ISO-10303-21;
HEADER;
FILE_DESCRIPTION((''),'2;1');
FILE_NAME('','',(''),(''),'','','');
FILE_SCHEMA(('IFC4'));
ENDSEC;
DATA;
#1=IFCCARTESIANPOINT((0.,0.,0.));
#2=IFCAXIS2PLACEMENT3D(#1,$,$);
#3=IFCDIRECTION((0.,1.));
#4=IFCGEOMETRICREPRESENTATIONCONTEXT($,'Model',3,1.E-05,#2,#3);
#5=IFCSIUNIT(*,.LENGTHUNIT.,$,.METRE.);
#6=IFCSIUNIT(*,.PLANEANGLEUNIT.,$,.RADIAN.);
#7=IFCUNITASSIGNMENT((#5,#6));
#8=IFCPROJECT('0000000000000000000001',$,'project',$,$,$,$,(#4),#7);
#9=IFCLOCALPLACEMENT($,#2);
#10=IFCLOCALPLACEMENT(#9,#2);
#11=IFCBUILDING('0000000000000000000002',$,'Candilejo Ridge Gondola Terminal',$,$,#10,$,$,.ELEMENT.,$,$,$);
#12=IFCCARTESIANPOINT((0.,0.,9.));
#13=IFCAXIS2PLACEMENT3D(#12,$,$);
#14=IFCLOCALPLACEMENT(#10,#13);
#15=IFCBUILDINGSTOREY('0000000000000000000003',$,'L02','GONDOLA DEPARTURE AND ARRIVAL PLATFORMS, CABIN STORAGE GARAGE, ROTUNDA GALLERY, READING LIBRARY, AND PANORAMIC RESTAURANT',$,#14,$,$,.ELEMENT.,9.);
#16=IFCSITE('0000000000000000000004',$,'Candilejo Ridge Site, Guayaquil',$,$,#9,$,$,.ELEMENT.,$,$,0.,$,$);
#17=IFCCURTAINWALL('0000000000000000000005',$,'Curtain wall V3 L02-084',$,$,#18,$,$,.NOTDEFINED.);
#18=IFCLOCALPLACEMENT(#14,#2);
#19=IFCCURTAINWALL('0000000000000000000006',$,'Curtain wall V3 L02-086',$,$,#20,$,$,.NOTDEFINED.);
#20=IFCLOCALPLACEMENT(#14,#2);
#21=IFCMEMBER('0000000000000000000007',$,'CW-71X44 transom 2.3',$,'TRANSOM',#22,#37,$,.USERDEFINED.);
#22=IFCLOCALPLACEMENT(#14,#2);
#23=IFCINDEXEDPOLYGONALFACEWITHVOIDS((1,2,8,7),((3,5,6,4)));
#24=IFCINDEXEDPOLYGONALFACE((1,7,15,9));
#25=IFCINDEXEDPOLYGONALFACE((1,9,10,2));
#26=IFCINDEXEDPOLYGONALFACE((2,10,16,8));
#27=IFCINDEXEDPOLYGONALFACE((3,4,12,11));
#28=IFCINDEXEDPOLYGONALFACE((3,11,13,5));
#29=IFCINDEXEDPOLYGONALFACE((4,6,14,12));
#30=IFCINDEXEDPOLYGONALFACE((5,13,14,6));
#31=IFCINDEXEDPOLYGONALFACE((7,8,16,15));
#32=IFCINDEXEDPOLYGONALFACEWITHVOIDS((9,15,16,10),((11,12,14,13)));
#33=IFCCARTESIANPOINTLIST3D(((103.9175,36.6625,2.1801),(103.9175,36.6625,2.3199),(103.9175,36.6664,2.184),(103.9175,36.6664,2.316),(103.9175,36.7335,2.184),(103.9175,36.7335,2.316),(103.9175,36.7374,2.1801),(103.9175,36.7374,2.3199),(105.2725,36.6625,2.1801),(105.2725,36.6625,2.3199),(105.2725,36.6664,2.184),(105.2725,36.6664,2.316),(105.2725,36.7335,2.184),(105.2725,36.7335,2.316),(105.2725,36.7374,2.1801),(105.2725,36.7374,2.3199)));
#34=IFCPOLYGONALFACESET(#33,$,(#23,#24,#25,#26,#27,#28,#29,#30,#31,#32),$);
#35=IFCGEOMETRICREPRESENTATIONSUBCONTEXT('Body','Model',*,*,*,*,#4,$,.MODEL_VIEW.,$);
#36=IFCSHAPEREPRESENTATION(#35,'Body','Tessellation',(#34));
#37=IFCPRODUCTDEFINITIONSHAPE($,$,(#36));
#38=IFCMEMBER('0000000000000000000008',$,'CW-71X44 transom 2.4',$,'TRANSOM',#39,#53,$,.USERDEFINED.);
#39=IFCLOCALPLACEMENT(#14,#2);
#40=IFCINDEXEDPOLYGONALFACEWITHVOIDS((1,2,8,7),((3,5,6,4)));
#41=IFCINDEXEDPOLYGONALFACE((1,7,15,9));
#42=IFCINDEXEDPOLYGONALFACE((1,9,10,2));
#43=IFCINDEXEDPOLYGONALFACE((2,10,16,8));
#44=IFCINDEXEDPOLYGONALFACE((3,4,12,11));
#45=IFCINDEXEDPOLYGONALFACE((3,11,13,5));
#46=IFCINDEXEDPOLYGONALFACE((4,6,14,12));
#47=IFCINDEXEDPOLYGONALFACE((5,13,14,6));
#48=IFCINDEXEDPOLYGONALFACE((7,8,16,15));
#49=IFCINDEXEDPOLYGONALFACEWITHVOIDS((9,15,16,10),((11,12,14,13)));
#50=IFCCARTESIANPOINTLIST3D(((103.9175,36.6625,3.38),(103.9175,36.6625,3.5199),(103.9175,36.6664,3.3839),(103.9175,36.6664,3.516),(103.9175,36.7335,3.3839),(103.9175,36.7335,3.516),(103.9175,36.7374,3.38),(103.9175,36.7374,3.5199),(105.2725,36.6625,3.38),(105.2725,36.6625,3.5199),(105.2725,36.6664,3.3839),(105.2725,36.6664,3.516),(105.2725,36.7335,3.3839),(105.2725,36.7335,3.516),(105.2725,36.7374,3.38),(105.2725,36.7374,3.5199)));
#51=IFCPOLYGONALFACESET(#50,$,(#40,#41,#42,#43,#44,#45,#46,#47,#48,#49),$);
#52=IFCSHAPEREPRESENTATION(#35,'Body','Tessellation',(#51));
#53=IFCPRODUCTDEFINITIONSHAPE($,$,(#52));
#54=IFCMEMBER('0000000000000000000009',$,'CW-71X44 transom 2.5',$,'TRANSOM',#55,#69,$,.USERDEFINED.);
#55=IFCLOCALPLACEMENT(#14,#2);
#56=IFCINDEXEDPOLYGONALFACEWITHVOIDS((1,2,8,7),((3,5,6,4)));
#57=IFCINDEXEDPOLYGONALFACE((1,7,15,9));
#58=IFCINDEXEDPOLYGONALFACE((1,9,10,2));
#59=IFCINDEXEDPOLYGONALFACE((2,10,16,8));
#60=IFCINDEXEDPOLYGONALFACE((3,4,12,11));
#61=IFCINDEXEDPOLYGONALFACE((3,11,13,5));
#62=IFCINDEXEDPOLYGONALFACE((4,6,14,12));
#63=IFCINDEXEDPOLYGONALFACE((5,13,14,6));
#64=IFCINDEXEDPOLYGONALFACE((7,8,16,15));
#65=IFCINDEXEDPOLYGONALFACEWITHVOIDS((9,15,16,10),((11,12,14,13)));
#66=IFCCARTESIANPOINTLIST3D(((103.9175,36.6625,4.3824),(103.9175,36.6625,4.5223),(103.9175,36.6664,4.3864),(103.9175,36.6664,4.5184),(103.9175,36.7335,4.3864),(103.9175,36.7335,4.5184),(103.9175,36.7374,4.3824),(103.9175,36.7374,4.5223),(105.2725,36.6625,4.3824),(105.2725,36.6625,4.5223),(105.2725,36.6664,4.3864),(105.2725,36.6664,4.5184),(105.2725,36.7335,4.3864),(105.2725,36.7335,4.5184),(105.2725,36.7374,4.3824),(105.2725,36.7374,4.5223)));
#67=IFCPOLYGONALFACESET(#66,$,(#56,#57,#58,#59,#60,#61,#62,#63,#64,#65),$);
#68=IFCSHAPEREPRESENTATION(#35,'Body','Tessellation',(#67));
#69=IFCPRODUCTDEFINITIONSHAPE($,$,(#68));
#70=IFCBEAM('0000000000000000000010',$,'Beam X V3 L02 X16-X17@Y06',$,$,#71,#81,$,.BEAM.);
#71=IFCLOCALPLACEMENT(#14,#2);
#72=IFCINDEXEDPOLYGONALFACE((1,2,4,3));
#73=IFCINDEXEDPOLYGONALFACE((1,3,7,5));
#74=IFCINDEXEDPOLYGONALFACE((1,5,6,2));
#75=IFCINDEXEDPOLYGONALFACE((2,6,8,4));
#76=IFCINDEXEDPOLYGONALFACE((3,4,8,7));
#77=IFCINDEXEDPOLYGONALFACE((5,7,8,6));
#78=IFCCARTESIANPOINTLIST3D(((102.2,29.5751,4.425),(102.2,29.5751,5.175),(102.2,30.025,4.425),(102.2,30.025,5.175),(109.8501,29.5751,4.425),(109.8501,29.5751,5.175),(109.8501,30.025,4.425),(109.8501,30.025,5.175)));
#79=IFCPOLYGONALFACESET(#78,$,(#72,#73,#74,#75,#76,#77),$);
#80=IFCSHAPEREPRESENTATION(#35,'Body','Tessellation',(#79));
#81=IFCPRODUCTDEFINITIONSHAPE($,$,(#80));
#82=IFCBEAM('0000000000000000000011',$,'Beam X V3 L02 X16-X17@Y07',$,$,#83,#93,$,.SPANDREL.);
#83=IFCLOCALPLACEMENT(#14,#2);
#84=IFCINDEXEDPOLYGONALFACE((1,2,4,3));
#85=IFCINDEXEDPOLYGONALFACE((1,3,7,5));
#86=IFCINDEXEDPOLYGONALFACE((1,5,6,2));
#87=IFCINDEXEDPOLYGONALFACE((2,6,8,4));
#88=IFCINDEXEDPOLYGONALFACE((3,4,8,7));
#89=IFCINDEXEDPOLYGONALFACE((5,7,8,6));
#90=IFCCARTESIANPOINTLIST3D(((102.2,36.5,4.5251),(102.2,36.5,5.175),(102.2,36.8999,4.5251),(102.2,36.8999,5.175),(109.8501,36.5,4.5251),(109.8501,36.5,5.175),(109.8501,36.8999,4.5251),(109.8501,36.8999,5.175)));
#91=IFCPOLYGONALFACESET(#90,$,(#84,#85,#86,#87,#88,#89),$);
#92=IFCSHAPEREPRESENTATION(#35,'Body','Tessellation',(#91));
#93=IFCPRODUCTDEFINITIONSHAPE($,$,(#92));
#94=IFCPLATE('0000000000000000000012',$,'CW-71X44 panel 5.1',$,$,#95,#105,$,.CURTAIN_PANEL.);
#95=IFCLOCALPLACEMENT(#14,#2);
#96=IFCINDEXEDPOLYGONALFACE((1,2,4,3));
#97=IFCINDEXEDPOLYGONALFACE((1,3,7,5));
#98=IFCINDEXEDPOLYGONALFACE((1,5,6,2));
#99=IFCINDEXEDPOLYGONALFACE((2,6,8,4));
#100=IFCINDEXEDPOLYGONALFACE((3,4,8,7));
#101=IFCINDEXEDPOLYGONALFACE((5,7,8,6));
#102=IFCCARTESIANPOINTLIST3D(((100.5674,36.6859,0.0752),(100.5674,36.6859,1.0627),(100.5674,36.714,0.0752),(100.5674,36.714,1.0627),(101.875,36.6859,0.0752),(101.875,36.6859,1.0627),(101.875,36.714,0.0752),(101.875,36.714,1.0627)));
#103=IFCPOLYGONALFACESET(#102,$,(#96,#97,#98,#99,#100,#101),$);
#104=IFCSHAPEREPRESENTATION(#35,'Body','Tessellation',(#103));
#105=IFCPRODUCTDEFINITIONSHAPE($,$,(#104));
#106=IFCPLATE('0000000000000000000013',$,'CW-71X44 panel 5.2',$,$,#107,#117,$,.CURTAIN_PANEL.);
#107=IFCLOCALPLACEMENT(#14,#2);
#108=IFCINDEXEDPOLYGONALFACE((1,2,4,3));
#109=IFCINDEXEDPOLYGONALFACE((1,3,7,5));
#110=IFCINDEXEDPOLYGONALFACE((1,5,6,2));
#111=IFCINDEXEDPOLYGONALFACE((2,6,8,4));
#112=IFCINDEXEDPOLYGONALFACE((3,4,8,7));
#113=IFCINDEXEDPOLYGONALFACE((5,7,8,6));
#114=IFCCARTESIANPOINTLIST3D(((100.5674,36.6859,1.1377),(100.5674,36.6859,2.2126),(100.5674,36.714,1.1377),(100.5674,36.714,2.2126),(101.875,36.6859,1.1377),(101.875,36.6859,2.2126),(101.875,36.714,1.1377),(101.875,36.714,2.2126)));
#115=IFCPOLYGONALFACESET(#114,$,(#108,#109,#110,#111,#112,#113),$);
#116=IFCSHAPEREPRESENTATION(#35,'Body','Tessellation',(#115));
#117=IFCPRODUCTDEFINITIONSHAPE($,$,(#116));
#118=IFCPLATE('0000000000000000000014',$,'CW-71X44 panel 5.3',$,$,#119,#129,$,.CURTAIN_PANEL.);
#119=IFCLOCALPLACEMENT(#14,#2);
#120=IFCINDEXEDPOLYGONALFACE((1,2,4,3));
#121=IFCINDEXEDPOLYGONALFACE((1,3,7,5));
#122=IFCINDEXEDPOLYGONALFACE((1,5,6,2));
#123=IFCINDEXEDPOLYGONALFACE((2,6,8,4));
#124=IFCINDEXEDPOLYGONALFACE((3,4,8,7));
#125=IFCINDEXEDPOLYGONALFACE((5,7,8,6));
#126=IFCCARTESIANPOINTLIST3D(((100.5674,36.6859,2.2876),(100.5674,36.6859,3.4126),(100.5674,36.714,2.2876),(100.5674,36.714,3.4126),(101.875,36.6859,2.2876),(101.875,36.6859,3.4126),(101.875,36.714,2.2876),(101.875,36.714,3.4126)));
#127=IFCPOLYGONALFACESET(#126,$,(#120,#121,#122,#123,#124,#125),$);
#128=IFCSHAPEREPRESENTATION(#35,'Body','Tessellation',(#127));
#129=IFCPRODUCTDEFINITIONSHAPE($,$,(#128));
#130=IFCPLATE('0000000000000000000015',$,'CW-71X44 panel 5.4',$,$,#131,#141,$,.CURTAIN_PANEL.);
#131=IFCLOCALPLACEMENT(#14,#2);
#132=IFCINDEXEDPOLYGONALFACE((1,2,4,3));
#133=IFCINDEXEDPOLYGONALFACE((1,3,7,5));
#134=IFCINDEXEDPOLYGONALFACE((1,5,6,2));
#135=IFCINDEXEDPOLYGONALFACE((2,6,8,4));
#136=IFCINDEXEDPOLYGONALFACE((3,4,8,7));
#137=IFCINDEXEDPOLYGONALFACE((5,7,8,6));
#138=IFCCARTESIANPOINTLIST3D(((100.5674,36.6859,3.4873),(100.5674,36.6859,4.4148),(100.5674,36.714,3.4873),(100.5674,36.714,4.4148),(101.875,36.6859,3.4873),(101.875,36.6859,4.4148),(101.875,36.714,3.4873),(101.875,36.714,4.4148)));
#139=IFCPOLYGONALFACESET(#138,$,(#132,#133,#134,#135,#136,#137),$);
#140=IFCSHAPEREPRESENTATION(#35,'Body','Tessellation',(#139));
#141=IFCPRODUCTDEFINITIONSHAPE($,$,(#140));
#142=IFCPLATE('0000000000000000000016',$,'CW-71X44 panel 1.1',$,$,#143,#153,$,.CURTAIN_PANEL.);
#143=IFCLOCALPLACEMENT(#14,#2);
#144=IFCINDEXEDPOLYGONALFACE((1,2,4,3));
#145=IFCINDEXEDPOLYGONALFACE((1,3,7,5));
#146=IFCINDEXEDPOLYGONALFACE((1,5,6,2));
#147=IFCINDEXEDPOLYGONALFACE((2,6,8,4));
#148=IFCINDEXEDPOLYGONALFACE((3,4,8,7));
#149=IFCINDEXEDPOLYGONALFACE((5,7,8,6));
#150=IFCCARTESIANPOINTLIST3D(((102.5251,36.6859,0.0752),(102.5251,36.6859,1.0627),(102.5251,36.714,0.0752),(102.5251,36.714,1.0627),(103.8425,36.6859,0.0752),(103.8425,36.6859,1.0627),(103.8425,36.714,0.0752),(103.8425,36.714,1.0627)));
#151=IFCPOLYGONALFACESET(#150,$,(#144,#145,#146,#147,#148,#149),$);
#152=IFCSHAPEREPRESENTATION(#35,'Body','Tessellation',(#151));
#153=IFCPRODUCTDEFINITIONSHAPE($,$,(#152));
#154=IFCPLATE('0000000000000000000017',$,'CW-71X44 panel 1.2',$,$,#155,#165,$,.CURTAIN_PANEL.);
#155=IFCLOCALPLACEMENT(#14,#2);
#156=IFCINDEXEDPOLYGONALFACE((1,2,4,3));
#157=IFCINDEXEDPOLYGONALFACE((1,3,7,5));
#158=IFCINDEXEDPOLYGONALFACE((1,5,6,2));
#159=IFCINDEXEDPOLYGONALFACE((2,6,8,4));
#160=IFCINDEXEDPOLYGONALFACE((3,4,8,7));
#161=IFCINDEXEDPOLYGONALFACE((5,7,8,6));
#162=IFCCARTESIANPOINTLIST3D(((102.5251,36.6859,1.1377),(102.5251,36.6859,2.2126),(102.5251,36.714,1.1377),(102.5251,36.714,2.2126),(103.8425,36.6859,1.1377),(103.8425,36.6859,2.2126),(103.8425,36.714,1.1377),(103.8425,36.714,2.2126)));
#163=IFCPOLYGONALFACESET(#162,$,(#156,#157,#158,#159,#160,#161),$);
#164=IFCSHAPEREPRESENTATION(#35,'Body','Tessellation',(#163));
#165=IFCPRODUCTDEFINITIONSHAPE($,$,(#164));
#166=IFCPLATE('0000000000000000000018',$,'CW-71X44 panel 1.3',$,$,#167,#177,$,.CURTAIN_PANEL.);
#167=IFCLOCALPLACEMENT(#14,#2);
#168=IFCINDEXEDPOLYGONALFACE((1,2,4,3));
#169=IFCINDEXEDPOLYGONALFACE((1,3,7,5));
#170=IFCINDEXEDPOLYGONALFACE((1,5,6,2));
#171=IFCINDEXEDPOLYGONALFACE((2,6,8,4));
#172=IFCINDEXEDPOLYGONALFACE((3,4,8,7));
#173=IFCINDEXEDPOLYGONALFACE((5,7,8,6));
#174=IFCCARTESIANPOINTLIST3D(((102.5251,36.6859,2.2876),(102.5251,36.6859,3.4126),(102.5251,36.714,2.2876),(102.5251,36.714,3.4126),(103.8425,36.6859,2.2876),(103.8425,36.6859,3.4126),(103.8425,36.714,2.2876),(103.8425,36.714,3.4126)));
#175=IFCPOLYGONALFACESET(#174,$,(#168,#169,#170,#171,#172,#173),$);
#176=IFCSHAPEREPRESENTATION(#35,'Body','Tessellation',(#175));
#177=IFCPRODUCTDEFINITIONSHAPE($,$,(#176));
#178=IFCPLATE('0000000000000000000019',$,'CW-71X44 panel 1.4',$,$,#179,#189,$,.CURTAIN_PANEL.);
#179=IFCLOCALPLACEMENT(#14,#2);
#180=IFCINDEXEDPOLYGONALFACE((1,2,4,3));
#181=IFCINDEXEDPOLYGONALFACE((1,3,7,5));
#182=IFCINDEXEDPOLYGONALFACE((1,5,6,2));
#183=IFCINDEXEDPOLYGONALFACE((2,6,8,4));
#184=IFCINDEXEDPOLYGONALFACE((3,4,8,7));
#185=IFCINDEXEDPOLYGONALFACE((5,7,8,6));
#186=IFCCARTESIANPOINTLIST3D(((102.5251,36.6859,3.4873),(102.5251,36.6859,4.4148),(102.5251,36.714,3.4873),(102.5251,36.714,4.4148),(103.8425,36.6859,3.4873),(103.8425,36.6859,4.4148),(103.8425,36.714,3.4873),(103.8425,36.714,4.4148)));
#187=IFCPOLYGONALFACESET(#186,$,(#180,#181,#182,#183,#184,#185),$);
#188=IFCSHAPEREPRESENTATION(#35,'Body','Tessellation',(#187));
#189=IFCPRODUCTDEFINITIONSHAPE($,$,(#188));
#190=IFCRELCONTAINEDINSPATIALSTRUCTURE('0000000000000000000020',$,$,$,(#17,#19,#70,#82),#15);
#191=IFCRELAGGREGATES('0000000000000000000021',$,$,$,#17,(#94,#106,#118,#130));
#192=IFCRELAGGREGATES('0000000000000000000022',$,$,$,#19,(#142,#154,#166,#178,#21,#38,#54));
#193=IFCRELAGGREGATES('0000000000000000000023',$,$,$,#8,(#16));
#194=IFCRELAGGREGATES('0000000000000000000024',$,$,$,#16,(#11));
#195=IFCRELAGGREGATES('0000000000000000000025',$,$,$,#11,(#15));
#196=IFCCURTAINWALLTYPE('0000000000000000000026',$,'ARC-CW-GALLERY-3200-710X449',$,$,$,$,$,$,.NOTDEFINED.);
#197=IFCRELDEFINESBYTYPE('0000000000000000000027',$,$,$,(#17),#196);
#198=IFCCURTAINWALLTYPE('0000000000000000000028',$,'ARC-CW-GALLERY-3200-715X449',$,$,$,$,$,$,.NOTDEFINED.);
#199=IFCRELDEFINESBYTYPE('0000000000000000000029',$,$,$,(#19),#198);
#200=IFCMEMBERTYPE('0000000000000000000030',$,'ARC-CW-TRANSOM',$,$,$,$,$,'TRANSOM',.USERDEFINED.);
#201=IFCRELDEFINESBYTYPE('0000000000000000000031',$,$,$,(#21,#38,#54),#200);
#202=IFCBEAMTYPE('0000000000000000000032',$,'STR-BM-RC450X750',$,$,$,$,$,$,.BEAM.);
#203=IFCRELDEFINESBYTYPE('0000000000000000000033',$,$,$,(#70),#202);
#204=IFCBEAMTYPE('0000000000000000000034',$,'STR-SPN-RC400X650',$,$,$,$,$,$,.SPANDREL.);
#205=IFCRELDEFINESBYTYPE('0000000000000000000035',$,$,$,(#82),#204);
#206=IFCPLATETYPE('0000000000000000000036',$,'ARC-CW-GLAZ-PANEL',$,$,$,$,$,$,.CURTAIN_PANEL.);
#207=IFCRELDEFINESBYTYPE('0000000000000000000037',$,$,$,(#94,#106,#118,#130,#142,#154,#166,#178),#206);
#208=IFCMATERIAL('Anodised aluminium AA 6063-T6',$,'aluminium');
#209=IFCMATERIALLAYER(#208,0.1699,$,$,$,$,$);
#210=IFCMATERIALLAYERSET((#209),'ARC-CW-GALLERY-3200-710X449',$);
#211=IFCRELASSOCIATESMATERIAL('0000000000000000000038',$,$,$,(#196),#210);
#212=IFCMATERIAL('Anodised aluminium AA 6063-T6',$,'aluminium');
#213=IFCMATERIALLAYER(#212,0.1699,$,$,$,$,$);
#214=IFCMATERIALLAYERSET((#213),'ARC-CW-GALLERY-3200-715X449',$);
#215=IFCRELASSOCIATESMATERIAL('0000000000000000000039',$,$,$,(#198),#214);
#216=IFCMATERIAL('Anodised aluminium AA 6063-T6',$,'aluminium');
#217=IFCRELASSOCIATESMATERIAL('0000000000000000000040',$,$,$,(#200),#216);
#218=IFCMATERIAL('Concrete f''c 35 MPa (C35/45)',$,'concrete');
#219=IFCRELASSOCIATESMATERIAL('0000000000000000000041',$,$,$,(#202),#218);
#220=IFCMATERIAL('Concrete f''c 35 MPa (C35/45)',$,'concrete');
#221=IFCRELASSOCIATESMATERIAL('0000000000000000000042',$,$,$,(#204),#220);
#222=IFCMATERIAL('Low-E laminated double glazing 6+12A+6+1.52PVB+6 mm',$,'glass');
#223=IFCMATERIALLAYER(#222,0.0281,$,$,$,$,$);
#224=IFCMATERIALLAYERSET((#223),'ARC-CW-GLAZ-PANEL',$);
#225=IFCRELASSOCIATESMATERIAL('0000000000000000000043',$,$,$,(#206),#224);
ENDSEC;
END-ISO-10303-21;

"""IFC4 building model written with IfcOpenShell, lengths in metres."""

from ifc_helpers import new_model, si_unit, direction, frame, origin, origin_2d, place, context, subcontext, project, spatial, rectangle, hollow_rectangle, extrude, material, layer, layer_set, material_profile, profile_set, type_object, element, aggregate, save


model = new_model("IFC4")

# Units and contexts
model_context = context("Model", 3, precision=1e-05, world=origin(), true_north=direction((0.0, 1.0)))
body_context = subcontext(model_context, "Body", "Model", "MODEL_VIEW")
ifc_project = project(units=[si_unit("LENGTHUNIT", "METRE"), si_unit("PLANEANGLEUNIT", "RADIAN")], contexts=[model_context])

# Site, building, storey
site_placement = place(None, origin())
site = spatial("IfcSite", under=ifc_project, at=site_placement, Name="Candilejo Ridge Site, Guayaquil", CompositionType="ELEMENT", RefElevation=0.0)
building_placement = place(site_placement, origin())
building = spatial("IfcBuilding", under=site, at=building_placement, Name="Candilejo Ridge Gondola Terminal", CompositionType="ELEMENT")
storey_placement = place(building_placement, frame((0.0, 0.0, 9.0)))
storey = spatial("IfcBuildingStorey", under=building, at=storey_placement, Name="L02", Description="GONDOLA DEPARTURE AND ARRIVAL PLATFORMS, CABIN STORAGE GARAGE, ROTUNDA GALLERY, READING LIBRARY, AND PANORAMIC RESTAURANT", CompositionType="ELEMENT", Elevation=9.0)

# Curtain wall
ifc_material_1 = material(Name="Anodised aluminium AA 6063-T6", Category="aluminium")
ifc_layer_1 = layer(ifc_material_1, 0.1699)
ifc_layer_set_1 = layer_set([ifc_layer_1], Name="ARC-CW-GALLERY-3200-710X449")
curtain_wall_type_1 = type_object("IfcCurtainWallType", Name="ARC-CW-GALLERY-3200-710X449", PredefinedType="NOTDEFINED", material=ifc_layer_set_1)
curtain_wall_1_placement = place(storey_placement, origin())
curtain_wall_1 = element("IfcCurtainWall", 1, at=curtain_wall_1_placement, inside=storey, type_object=curtain_wall_type_1, Name="Curtain wall V3 L02-084", PredefinedType="NOTDEFINED")

# Curtain wall, members
ifc_material_2 = material(Name="Anodised aluminium AA 6063-T6", Category="aluminium")
ifc_layer_2 = layer(ifc_material_2, 0.1699)
ifc_layer_set_2 = layer_set([ifc_layer_2], Name="ARC-CW-GALLERY-3200-715X449")
curtain_wall_type_2 = type_object("IfcCurtainWallType", Name="ARC-CW-GALLERY-3200-715X449", PredefinedType="NOTDEFINED", material=ifc_layer_set_2)
curtain_wall_2_placement = place(storey_placement, origin())
curtain_wall_2 = element("IfcCurtainWall", 2, at=curtain_wall_2_placement, inside=storey, type_object=curtain_wall_type_2, Name="Curtain wall V3 L02-086", PredefinedType="NOTDEFINED")
ifc_material_3 = material(Name="Anodised aluminium AA 6063-T6", Category="aluminium")
ifc_material_profile_1 = material_profile(ifc_material_3, hollow_rectangle(XDim=0.075, YDim=0.1399, WallThickness=0.0039, at=origin_2d()))
ifc_profile_set_1 = profile_set([ifc_material_profile_1], Name="Anodised aluminium AA 6063-T6")
member_type_1 = type_object("IfcMemberType", Name="ARC-CW-TRANSOM", ElementType="TRANSOM", PredefinedType="USERDEFINED", material=ifc_profile_set_1)
member_1_placement = place(storey_placement, frame((103.9175, 36.7, 2.25), z_axis=(1.0, 0.0, 0.0), x_axis=(0.0, 1.0, 0.0)))
member_1 = element("IfcMember", 3, at=member_1_placement, type_object=member_type_1, Name="CW-71X44 transom 2.3", ObjectType="TRANSOM", PredefinedType="USERDEFINED", context=body_context, shape_type="SweptSolid", body=[
    extrude(hollow_rectangle(XDim=0.075, YDim=0.1399, WallThickness=0.0039, at=origin_2d()), origin(), (0.0, 0.0, 1.0), 1.355),
])
member_2_placement = place(storey_placement, frame((103.9175, 36.7, 3.45), z_axis=(1.0, 0.0, 0.0), x_axis=(0.0, 1.0, 0.0)))
member_2 = element("IfcMember", 4, at=member_2_placement, type_object=member_type_1, Name="CW-71X44 transom 2.4", ObjectType="TRANSOM", PredefinedType="USERDEFINED", context=body_context, shape_type="SweptSolid", body=[
    extrude(hollow_rectangle(XDim=0.075, YDim=0.1399, WallThickness=0.0039, at=origin_2d()), origin(), (0.0, 0.0, 1.0), 1.355),
])
member_3_placement = place(storey_placement, frame((103.9175, 36.7, 4.4524), z_axis=(1.0, 0.0, 0.0), x_axis=(0.0, 1.0, 0.0)))
member_3 = element("IfcMember", 5, at=member_3_placement, type_object=member_type_1, Name="CW-71X44 transom 2.5", ObjectType="TRANSOM", PredefinedType="USERDEFINED", context=body_context, shape_type="SweptSolid", body=[
    extrude(hollow_rectangle(XDim=0.075, YDim=0.1399, WallThickness=0.0039, at=origin_2d()), origin(), (0.0, 0.0, 1.0), 1.355),
])

# Beams
ifc_material_4 = material(Name="Concrete f'c 35 MPa (C35/45)", Category="concrete")
ifc_material_profile_2 = material_profile(ifc_material_4, rectangle(XDim=0.45, YDim=0.75, at=origin_2d()))
ifc_profile_set_2 = profile_set([ifc_material_profile_2], Name="Concrete f'c 35 MPa (C35/45)")
beam_type_1 = type_object("IfcBeamType", Name="STR-BM-RC450X750", PredefinedType="BEAM", material=ifc_profile_set_2)
beam_1_placement = place(storey_placement, frame((102.2, 29.8, 4.8), z_axis=(1.0, 0.0, 0.0), x_axis=(0.0, 1.0, 0.0)))
element("IfcBeam", 6, at=beam_1_placement, inside=storey, type_object=beam_type_1, Name="Beam X V3 L02 X16-X17@Y06", PredefinedType="BEAM", context=body_context, shape_type="SweptSolid", body=[
    extrude(rectangle(XDim=0.45, YDim=0.75, at=origin_2d()), origin(), (0.0, 0.0, 1.0), 7.6501),
])
ifc_material_5 = material(Name="Concrete f'c 35 MPa (C35/45)", Category="concrete")
ifc_material_profile_3 = material_profile(ifc_material_5, rectangle(XDim=0.3999, YDim=0.6499, at=origin_2d()))
ifc_profile_set_3 = profile_set([ifc_material_profile_3], Name="Concrete f'c 35 MPa (C35/45)")
beam_type_2 = type_object("IfcBeamType", Name="STR-SPN-RC400X650", PredefinedType="SPANDREL", material=ifc_profile_set_3)
beam_2_placement = place(storey_placement, frame((102.2, 36.7, 4.8501), z_axis=(1.0, 0.0, 0.0), x_axis=(0.0, 1.0, 0.0)))
element("IfcBeam", 7, at=beam_2_placement, inside=storey, type_object=beam_type_2, Name="Beam X V3 L02 X16-X17@Y07", PredefinedType="SPANDREL", context=body_context, shape_type="SweptSolid", body=[
    extrude(rectangle(XDim=0.3999, YDim=0.6499, at=origin_2d()), origin(), (0.0, 0.0, 1.0), 7.6501),
])

# Plates
ifc_material_6 = material(Name="Low-E laminated double glazing 6+12A+6+1.52PVB+6 mm", Category="glass")
ifc_layer_3 = layer(ifc_material_6, 0.0281)
ifc_layer_set_3 = layer_set([ifc_layer_3], Name="ARC-CW-GLAZ-PANEL")
plate_type = type_object("IfcPlateType", Name="ARC-CW-GLAZ-PANEL", PredefinedType="CURTAIN_PANEL", material=ifc_layer_set_3)
plate_1_placement = place(storey_placement, frame((101.2212, 36.7, 0.0752), z_axis=(0.0, 0.0, 1.0), x_axis=(1.0, 0.0, 0.0)))
plate_1 = element("IfcPlate", 8, at=plate_1_placement, type_object=plate_type, Name="CW-71X44 panel 5.1", PredefinedType="CURTAIN_PANEL", context=body_context, shape_type="SweptSolid", body=[
    extrude(rectangle(XDim=1.3076, YDim=0.0281, at=origin_2d()), origin(), (0.0, 0.0, 1.0), 0.9875),
])
plate_2_placement = place(storey_placement, frame((101.2212, 36.7, 1.1377), z_axis=(0.0, 0.0, 1.0), x_axis=(1.0, 0.0, 0.0)))
plate_2 = element("IfcPlate", 9, at=plate_2_placement, type_object=plate_type, Name="CW-71X44 panel 5.2", PredefinedType="CURTAIN_PANEL", context=body_context, shape_type="SweptSolid", body=[
    extrude(rectangle(XDim=1.3076, YDim=0.0281, at=origin_2d()), origin(), (0.0, 0.0, 1.0), 1.075),
])
plate_3_placement = place(storey_placement, frame((101.2212, 36.7, 2.2876), z_axis=(0.0, 0.0, 1.0), x_axis=(1.0, 0.0, 0.0)))
plate_3 = element("IfcPlate", 10, at=plate_3_placement, type_object=plate_type, Name="CW-71X44 panel 5.3", PredefinedType="CURTAIN_PANEL", context=body_context, shape_type="SweptSolid", body=[
    extrude(rectangle(XDim=1.3076, YDim=0.0281, at=origin_2d()), origin(), (0.0, 0.0, 1.0), 1.125),
])
plate_4_placement = place(storey_placement, frame((101.2212, 36.7, 3.4873), z_axis=(0.0, 0.0, 1.0), x_axis=(1.0, 0.0, 0.0)))
plate_4 = element("IfcPlate", 11, at=plate_4_placement, type_object=plate_type, Name="CW-71X44 panel 5.4", PredefinedType="CURTAIN_PANEL", context=body_context, shape_type="SweptSolid", body=[
    extrude(rectangle(XDim=1.3076, YDim=0.0281, at=origin_2d()), origin(), (0.0, 0.0, 1.0), 0.9275),
])
aggregate(curtain_wall_1, [plate_1, plate_2, plate_3, plate_4])
plate_5_placement = place(storey_placement, frame((103.1838, 36.7, 0.0752), z_axis=(0.0, 0.0, 1.0), x_axis=(1.0, 0.0, 0.0)))
plate_5 = element("IfcPlate", 12, at=plate_5_placement, type_object=plate_type, Name="CW-71X44 panel 1.1", PredefinedType="CURTAIN_PANEL", context=body_context, shape_type="SweptSolid", body=[
    extrude(rectangle(XDim=1.3174, YDim=0.0281, at=origin_2d()), origin(), (0.0, 0.0, 1.0), 0.9875),
])
plate_6_placement = place(storey_placement, frame((103.1838, 36.7, 1.1377), z_axis=(0.0, 0.0, 1.0), x_axis=(1.0, 0.0, 0.0)))
plate_6 = element("IfcPlate", 13, at=plate_6_placement, type_object=plate_type, Name="CW-71X44 panel 1.2", PredefinedType="CURTAIN_PANEL", context=body_context, shape_type="SweptSolid", body=[
    extrude(rectangle(XDim=1.3174, YDim=0.0281, at=origin_2d()), origin(), (0.0, 0.0, 1.0), 1.075),
])
plate_7_placement = place(storey_placement, frame((103.1838, 36.7, 2.2876), z_axis=(0.0, 0.0, 1.0), x_axis=(1.0, 0.0, 0.0)))
plate_7 = element("IfcPlate", 14, at=plate_7_placement, type_object=plate_type, Name="CW-71X44 panel 1.3", PredefinedType="CURTAIN_PANEL", context=body_context, shape_type="SweptSolid", body=[
    extrude(rectangle(XDim=1.3174, YDim=0.0281, at=origin_2d()), origin(), (0.0, 0.0, 1.0), 1.125),
])
plate_8_placement = place(storey_placement, frame((103.1838, 36.7, 3.4873), z_axis=(0.0, 0.0, 1.0), x_axis=(1.0, 0.0, 0.0)))
plate_8 = element("IfcPlate", 15, at=plate_8_placement, type_object=plate_type, Name="CW-71X44 panel 1.4", PredefinedType="CURTAIN_PANEL", context=body_context, shape_type="SweptSolid", body=[
    extrude(rectangle(XDim=1.3174, YDim=0.0281, at=origin_2d()), origin(), (0.0, 0.0, 1.0), 0.9275),
])
aggregate(curtain_wall_2, [plate_5, plate_6, plate_7, plate_8, member_1, member_2, member_3])

save(model, "model.ifc")
